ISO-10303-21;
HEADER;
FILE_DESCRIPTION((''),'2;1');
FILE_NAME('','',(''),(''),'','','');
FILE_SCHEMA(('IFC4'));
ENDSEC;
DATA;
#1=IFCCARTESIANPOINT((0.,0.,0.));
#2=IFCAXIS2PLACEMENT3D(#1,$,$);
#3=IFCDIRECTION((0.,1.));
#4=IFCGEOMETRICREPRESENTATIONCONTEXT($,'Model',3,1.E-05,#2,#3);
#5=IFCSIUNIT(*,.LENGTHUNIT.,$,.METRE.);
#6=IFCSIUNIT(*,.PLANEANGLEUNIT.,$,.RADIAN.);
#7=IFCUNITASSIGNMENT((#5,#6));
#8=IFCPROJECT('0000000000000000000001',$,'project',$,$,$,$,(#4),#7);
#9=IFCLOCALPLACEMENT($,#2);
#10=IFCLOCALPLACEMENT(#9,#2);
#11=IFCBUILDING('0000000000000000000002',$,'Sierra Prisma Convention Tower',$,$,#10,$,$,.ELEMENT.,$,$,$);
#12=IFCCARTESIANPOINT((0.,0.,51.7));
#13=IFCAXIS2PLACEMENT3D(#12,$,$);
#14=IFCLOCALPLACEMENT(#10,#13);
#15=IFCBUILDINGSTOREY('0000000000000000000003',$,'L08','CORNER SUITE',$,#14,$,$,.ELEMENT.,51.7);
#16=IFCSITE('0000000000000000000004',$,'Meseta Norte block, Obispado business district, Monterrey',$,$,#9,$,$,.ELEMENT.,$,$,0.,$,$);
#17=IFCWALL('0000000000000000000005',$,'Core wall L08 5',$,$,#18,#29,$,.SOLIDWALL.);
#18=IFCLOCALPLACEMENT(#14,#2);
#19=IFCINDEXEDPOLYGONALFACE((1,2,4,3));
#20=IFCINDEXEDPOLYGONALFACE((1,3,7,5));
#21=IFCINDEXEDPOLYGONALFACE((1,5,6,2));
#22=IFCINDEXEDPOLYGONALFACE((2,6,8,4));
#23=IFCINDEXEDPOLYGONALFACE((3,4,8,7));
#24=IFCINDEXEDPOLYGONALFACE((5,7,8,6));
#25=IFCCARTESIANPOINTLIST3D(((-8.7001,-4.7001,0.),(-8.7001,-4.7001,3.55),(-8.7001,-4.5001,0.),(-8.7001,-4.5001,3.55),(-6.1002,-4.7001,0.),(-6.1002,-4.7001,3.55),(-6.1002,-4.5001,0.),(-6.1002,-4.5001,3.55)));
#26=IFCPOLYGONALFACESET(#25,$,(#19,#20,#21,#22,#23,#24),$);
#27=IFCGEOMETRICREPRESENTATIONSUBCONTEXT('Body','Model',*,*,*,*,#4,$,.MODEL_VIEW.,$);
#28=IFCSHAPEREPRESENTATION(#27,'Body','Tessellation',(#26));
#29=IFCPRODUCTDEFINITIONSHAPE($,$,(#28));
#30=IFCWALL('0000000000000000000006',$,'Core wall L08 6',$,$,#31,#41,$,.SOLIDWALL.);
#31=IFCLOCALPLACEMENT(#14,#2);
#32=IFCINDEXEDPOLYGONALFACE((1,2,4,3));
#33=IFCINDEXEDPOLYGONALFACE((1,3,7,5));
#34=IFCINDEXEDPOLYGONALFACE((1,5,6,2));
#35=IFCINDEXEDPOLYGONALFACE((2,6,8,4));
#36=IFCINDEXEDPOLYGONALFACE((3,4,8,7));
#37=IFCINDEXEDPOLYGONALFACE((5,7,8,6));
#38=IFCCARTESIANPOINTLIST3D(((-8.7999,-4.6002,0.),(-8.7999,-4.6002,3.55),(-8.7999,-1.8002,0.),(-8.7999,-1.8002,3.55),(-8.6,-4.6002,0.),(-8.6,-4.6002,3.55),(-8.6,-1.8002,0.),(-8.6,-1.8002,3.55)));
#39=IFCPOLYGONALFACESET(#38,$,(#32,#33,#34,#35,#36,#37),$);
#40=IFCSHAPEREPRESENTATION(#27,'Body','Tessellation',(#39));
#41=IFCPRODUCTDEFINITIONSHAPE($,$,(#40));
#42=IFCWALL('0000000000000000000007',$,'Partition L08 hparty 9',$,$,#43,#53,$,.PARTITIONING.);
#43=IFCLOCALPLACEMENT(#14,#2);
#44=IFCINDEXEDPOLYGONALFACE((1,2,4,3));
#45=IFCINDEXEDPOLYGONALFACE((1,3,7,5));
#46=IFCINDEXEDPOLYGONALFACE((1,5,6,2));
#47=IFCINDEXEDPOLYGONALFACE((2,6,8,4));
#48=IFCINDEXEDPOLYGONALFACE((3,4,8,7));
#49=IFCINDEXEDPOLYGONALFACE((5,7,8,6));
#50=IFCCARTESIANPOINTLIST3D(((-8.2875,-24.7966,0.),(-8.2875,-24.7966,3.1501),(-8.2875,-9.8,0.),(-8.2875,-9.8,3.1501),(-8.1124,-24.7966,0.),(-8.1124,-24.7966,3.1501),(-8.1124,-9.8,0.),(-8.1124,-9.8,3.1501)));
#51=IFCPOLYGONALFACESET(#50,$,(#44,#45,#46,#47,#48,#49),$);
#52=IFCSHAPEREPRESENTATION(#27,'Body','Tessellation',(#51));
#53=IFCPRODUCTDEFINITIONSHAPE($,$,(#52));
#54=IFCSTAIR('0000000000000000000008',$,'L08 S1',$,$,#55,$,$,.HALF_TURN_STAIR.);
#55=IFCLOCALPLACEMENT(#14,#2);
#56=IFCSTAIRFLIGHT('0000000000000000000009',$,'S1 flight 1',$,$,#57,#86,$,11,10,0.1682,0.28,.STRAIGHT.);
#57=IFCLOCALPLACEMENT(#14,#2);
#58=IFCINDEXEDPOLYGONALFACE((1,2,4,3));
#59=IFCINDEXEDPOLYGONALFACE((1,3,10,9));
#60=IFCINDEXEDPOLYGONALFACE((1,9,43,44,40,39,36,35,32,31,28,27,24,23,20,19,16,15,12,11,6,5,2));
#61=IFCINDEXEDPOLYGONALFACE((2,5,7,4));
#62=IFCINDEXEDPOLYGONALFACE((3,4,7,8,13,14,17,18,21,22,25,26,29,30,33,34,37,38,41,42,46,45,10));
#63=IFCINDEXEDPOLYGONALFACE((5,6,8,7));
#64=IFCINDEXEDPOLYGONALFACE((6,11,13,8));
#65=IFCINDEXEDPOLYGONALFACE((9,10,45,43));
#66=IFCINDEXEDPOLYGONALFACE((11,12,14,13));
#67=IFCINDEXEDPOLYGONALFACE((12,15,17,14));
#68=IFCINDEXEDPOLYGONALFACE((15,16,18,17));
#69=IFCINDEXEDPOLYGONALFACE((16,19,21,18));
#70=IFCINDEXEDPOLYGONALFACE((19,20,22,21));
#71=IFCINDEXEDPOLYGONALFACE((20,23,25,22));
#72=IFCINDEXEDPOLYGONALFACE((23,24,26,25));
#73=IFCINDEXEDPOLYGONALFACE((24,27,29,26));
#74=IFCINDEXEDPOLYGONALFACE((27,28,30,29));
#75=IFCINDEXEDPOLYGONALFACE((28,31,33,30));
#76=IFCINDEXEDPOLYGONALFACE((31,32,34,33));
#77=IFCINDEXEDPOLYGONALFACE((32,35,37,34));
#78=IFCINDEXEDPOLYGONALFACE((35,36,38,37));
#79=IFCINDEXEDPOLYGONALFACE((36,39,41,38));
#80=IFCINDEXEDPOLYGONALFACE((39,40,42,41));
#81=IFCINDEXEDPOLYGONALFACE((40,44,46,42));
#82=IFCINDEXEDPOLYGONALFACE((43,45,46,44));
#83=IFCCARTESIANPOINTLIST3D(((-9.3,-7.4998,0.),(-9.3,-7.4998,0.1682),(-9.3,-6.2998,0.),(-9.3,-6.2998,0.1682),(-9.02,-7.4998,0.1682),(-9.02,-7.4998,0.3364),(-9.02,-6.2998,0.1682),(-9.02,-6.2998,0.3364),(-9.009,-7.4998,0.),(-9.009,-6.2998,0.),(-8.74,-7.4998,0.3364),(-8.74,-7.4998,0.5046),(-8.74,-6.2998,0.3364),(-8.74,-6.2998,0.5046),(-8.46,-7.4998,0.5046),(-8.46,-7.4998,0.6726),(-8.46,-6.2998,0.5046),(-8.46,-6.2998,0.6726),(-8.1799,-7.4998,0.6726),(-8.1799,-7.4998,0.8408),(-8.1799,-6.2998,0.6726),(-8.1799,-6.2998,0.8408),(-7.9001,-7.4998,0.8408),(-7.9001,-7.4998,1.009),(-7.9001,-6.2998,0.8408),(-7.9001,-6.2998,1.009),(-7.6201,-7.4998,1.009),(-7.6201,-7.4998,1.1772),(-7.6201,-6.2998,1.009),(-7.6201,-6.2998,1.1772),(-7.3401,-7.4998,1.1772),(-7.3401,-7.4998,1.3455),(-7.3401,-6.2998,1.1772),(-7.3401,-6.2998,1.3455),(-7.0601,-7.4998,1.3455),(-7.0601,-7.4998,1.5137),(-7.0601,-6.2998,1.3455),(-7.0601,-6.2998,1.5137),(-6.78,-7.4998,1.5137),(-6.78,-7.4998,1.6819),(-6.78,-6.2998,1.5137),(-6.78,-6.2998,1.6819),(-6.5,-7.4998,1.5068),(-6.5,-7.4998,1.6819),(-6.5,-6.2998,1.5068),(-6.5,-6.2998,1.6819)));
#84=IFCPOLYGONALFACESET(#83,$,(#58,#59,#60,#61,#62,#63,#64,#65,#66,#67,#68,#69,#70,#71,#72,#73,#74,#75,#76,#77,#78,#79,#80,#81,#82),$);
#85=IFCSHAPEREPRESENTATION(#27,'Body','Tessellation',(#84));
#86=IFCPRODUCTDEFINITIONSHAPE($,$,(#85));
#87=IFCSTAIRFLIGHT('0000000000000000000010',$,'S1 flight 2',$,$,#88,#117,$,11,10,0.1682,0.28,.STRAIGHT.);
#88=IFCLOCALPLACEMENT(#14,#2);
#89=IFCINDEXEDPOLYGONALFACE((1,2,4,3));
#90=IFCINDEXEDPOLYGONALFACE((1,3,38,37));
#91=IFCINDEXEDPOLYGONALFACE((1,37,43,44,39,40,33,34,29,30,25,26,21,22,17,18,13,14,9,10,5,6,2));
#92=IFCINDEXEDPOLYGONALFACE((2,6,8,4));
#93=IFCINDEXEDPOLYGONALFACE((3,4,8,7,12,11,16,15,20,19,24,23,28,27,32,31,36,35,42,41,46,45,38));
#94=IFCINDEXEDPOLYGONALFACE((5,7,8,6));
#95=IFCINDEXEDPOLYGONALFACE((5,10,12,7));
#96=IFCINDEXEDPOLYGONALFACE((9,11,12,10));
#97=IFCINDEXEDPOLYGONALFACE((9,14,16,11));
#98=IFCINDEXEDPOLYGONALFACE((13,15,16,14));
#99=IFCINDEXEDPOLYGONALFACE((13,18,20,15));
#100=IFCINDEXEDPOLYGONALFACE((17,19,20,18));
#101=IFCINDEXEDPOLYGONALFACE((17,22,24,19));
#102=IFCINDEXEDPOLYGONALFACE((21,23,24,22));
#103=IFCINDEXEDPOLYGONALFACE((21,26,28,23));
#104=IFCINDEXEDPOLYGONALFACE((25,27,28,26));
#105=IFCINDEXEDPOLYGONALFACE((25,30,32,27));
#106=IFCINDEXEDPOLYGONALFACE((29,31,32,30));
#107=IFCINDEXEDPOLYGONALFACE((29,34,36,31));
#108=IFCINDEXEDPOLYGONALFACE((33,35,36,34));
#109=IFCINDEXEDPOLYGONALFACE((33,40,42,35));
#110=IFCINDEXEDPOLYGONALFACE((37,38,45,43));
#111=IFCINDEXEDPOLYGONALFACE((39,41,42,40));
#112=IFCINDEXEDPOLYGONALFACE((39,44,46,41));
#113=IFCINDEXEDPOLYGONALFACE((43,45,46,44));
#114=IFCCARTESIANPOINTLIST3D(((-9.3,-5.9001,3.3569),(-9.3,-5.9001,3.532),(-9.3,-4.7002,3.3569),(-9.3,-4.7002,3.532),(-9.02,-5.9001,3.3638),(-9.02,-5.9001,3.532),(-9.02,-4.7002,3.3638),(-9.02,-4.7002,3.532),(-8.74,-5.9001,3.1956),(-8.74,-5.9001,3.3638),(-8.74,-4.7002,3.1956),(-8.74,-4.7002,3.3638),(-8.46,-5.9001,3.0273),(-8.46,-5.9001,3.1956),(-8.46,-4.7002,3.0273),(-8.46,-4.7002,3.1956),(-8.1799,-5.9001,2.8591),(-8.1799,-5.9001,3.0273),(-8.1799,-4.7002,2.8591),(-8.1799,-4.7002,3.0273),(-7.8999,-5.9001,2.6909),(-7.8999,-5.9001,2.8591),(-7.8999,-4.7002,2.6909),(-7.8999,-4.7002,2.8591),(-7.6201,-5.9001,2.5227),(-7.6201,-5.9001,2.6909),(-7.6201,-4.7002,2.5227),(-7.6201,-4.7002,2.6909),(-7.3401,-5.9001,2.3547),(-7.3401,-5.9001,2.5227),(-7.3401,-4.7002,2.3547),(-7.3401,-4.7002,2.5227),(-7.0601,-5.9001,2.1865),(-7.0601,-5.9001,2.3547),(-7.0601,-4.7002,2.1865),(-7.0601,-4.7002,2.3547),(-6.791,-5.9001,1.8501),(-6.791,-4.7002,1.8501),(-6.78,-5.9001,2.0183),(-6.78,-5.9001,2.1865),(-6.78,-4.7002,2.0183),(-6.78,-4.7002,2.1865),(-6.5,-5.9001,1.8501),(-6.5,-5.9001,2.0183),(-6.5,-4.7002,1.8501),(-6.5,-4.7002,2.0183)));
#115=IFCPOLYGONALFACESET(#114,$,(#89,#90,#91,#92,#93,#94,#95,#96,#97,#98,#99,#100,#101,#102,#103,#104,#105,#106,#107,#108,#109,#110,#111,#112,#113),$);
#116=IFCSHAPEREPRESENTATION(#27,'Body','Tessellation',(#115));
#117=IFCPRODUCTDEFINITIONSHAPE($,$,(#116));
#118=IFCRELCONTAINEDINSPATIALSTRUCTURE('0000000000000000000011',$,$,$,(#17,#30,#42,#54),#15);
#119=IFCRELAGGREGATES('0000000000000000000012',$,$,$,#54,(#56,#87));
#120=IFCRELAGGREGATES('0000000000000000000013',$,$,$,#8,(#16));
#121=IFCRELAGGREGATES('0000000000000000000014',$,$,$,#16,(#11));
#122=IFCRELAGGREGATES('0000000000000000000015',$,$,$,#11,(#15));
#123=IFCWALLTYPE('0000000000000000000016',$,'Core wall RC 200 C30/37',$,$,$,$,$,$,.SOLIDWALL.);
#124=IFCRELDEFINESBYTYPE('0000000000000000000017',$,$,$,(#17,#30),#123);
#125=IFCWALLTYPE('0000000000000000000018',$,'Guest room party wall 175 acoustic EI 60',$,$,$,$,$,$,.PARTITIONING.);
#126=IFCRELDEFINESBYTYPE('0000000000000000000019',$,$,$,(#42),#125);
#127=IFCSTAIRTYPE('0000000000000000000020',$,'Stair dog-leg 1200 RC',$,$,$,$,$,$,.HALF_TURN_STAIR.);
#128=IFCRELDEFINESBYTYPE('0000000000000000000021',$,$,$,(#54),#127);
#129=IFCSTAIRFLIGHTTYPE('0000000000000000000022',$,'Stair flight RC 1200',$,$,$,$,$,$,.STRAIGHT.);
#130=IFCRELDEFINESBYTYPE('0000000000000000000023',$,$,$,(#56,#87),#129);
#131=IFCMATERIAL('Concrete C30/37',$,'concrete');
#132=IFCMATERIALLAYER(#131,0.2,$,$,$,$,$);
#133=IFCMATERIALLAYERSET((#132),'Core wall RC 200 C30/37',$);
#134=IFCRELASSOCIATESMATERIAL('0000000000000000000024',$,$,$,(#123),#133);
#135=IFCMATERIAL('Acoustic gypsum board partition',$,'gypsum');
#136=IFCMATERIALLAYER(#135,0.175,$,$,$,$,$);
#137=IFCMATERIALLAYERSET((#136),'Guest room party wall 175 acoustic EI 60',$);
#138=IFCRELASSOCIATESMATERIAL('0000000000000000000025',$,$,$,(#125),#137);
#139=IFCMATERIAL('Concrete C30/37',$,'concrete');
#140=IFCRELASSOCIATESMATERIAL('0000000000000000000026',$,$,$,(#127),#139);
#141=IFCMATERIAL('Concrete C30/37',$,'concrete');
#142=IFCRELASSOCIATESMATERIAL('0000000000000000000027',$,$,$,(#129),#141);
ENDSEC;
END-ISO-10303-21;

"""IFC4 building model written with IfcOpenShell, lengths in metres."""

from ifc_helpers import new_model, si_unit, direction, frame, frame_2d, origin, place, context, subcontext, project, spatial, polyline, rectangle, outline, extrude, material, layer, layer_set, type_object, element, aggregate, save


model = new_model("IFC4")

# Units and contexts
model_context = context("Model", 3, precision=1e-05, world=origin(), true_north=direction((0.0, 1.0)))
body_context = subcontext(model_context, "Body", "Model", "MODEL_VIEW")
ifc_project = project(units=[si_unit("LENGTHUNIT", "METRE"), si_unit("PLANEANGLEUNIT", "RADIAN")], contexts=[model_context])

# Site, building, storey
site_placement = place(None, origin())
site = spatial("IfcSite", under=ifc_project, at=site_placement, Name="Meseta Norte block, Obispado business district, Monterrey", CompositionType="ELEMENT", RefElevation=0.0)
building_placement = place(site_placement, origin())
building = spatial("IfcBuilding", under=site, at=building_placement, Name="Sierra Prisma Convention Tower", CompositionType="ELEMENT")
storey_placement = place(building_placement, frame((0.0, 0.0, 51.7)))
storey = spatial("IfcBuildingStorey", under=building, at=storey_placement, Name="L08", Description="CORNER SUITE", CompositionType="ELEMENT", Elevation=51.7)

# Walls
ifc_material_1 = material(Name="Concrete C30/37", Category="concrete")
ifc_layer_1 = layer(ifc_material_1, 0.2)
ifc_layer_set_1 = layer_set([ifc_layer_1], Name="Core wall RC 200 C30/37")
wall_type_1 = type_object("IfcWallType", Name="Core wall RC 200 C30/37", PredefinedType="SOLIDWALL", material=ifc_layer_set_1)
wall_1_placement = place(storey_placement, frame((-8.7, -4.6001, 0.0), z_axis=(0.0, 0.0, 1.0), x_axis=(1.0, 0.0, 0.0)))
element("IfcWall", 1, at=wall_1_placement, inside=storey, type_object=wall_type_1, Name="Core wall L08 5", PredefinedType="SOLIDWALL", context=body_context, shape_type="SweptSolid", body=[
    extrude(rectangle(XDim=2.5999, YDim=0.2, at=frame_2d((1.2998, 0.0))), origin(), (0.0, 0.0, 1.0), 3.55),
])
wall_2_placement = place(storey_placement, frame((-8.7, -4.6001, 0.0), z_axis=(0.0, 0.0, 1.0), x_axis=(0.0, 1.0, 0.0)))
element("IfcWall", 2, at=wall_2_placement, inside=storey, type_object=wall_type_1, Name="Core wall L08 6", PredefinedType="SOLIDWALL", context=body_context, shape_type="SweptSolid", body=[
    extrude(rectangle(XDim=2.8, YDim=0.2, at=frame_2d((1.3999, 0.0))), origin(), (0.0, 0.0, 1.0), 3.55),
])

# Wall
ifc_material_2 = material(Name="Acoustic gypsum board partition", Category="gypsum")
ifc_layer_2 = layer(ifc_material_2, 0.175)
ifc_layer_set_2 = layer_set([ifc_layer_2], Name="Guest room party wall 175 acoustic EI 60")
wall_type_2 = type_object("IfcWallType", Name="Guest room party wall 175 acoustic EI 60", PredefinedType="PARTITIONING", material=ifc_layer_set_2)
wall_3_placement = place(storey_placement, frame((-8.2, -9.8, 0.0), z_axis=(0.0, 0.0, 1.0), x_axis=(0.0, -1.0, 0.0)))
element("IfcWall", 3, at=wall_3_placement, inside=storey, type_object=wall_type_2, Name="Partition L08 hparty 9", PredefinedType="PARTITIONING", context=body_context, shape_type="SweptSolid", body=[
    extrude(rectangle(XDim=14.9966, YDim=0.175, at=frame_2d((7.4983, 0.0))), origin(), (0.0, 0.0, 1.0), 3.1501),
])

# Stair, stair flights
ifc_material_3 = material(Name="Concrete C30/37", Category="concrete")
stair_type = type_object("IfcStairType", Name="Stair dog-leg 1200 RC", PredefinedType="HALF_TURN_STAIR", material=ifc_material_3)
stair_placement = place(storey_placement, origin())
stair = element("IfcStair", 4, at=stair_placement, inside=storey, type_object=stair_type, Name="L08 S1", PredefinedType="HALF_TURN_STAIR")
ifc_material_4 = material(Name="Concrete C30/37", Category="concrete")
stair_flight_type = type_object("IfcStairFlightType", Name="Stair flight RC 1200", PredefinedType="STRAIGHT", material=ifc_material_4)
stair_flight_1_placement = place(storey_placement, frame((-9.3, -6.8999, 0.0), z_axis=(0.0, 0.0, 1.0), x_axis=(1.0, 0.0, 0.0)))
stair_flight_1 = element("IfcStairFlight", 5, at=stair_flight_1_placement, type_object=stair_flight_type, Name="S1 flight 1", NumberOfRisers=11, NumberOfTreads=10, PredefinedType="STRAIGHT", RiserHeight=0.1682, TreadLength=0.28, context=body_context, shape_type="SweptSolid", body=[
    extrude(outline(polyline([(0.0, 0.0), (0.0, 0.1682), (0.28, 0.1682), (0.28, 0.3364), (0.5601, 0.3364), (0.5601, 0.5046), (0.8401, 0.5046), (0.8401, 0.6726), (1.1201, 0.6726), (1.1201, 0.8408), (1.3999, 0.8408), (1.3999, 1.009), (1.6799, 1.009), (1.6799, 1.1772), (1.96, 1.1772), (1.96, 1.3455), (2.24, 1.3455), (2.24, 1.5137), (2.52, 1.5137), (2.52, 1.6819), (2.8, 1.6819), (2.8, 1.8501), (2.8, 1.5068), (0.291, 0.0), (0.0, 0.0)])), frame((0.0, 0.6001, 0.0), z_axis=(0.0, -1.0, 0.0), x_axis=(1.0, 0.0, 0.0)), (0.0, 0.0, 1.0), 1.2),
])
stair_flight_2_placement = place(storey_placement, frame((-6.5, -5.3, 1.8501), z_axis=(0.0, 0.0, 1.0), x_axis=(-1.0, 0.0, 0.0)))
stair_flight_2 = element("IfcStairFlight", 6, at=stair_flight_2_placement, type_object=stair_flight_type, Name="S1 flight 2", NumberOfRisers=11, NumberOfTreads=10, PredefinedType="STRAIGHT", RiserHeight=0.1682, TreadLength=0.28, context=body_context, shape_type="SweptSolid", body=[
    extrude(outline(polyline([(0.0, 0.0), (0.0, 0.1682), (0.28, 0.1682), (0.28, 0.3364), (0.5601, 0.3364), (0.5601, 0.5046), (0.8401, 0.5046), (0.8401, 0.6726), (1.1201, 0.6726), (1.1201, 0.8408), (1.3999, 0.8408), (1.3999, 1.009), (1.6799, 1.009), (1.6799, 1.1772), (1.96, 1.1772), (1.96, 1.3455), (2.24, 1.3455), (2.24, 1.5137), (2.52, 1.5137), (2.52, 1.6819), (2.8, 1.6819), (2.8, 1.8501), (2.8, 1.5068), (0.291, 0.0), (0.0, 0.0)])), frame((0.0, 0.6001, 0.0), z_axis=(0.0, -1.0, 0.0), x_axis=(1.0, 0.0, 0.0)), (0.0, 0.0, 1.0), 1.2),
])
aggregate(stair, [stair_flight_1, stair_flight_2])

save(model, "model.ifc")
